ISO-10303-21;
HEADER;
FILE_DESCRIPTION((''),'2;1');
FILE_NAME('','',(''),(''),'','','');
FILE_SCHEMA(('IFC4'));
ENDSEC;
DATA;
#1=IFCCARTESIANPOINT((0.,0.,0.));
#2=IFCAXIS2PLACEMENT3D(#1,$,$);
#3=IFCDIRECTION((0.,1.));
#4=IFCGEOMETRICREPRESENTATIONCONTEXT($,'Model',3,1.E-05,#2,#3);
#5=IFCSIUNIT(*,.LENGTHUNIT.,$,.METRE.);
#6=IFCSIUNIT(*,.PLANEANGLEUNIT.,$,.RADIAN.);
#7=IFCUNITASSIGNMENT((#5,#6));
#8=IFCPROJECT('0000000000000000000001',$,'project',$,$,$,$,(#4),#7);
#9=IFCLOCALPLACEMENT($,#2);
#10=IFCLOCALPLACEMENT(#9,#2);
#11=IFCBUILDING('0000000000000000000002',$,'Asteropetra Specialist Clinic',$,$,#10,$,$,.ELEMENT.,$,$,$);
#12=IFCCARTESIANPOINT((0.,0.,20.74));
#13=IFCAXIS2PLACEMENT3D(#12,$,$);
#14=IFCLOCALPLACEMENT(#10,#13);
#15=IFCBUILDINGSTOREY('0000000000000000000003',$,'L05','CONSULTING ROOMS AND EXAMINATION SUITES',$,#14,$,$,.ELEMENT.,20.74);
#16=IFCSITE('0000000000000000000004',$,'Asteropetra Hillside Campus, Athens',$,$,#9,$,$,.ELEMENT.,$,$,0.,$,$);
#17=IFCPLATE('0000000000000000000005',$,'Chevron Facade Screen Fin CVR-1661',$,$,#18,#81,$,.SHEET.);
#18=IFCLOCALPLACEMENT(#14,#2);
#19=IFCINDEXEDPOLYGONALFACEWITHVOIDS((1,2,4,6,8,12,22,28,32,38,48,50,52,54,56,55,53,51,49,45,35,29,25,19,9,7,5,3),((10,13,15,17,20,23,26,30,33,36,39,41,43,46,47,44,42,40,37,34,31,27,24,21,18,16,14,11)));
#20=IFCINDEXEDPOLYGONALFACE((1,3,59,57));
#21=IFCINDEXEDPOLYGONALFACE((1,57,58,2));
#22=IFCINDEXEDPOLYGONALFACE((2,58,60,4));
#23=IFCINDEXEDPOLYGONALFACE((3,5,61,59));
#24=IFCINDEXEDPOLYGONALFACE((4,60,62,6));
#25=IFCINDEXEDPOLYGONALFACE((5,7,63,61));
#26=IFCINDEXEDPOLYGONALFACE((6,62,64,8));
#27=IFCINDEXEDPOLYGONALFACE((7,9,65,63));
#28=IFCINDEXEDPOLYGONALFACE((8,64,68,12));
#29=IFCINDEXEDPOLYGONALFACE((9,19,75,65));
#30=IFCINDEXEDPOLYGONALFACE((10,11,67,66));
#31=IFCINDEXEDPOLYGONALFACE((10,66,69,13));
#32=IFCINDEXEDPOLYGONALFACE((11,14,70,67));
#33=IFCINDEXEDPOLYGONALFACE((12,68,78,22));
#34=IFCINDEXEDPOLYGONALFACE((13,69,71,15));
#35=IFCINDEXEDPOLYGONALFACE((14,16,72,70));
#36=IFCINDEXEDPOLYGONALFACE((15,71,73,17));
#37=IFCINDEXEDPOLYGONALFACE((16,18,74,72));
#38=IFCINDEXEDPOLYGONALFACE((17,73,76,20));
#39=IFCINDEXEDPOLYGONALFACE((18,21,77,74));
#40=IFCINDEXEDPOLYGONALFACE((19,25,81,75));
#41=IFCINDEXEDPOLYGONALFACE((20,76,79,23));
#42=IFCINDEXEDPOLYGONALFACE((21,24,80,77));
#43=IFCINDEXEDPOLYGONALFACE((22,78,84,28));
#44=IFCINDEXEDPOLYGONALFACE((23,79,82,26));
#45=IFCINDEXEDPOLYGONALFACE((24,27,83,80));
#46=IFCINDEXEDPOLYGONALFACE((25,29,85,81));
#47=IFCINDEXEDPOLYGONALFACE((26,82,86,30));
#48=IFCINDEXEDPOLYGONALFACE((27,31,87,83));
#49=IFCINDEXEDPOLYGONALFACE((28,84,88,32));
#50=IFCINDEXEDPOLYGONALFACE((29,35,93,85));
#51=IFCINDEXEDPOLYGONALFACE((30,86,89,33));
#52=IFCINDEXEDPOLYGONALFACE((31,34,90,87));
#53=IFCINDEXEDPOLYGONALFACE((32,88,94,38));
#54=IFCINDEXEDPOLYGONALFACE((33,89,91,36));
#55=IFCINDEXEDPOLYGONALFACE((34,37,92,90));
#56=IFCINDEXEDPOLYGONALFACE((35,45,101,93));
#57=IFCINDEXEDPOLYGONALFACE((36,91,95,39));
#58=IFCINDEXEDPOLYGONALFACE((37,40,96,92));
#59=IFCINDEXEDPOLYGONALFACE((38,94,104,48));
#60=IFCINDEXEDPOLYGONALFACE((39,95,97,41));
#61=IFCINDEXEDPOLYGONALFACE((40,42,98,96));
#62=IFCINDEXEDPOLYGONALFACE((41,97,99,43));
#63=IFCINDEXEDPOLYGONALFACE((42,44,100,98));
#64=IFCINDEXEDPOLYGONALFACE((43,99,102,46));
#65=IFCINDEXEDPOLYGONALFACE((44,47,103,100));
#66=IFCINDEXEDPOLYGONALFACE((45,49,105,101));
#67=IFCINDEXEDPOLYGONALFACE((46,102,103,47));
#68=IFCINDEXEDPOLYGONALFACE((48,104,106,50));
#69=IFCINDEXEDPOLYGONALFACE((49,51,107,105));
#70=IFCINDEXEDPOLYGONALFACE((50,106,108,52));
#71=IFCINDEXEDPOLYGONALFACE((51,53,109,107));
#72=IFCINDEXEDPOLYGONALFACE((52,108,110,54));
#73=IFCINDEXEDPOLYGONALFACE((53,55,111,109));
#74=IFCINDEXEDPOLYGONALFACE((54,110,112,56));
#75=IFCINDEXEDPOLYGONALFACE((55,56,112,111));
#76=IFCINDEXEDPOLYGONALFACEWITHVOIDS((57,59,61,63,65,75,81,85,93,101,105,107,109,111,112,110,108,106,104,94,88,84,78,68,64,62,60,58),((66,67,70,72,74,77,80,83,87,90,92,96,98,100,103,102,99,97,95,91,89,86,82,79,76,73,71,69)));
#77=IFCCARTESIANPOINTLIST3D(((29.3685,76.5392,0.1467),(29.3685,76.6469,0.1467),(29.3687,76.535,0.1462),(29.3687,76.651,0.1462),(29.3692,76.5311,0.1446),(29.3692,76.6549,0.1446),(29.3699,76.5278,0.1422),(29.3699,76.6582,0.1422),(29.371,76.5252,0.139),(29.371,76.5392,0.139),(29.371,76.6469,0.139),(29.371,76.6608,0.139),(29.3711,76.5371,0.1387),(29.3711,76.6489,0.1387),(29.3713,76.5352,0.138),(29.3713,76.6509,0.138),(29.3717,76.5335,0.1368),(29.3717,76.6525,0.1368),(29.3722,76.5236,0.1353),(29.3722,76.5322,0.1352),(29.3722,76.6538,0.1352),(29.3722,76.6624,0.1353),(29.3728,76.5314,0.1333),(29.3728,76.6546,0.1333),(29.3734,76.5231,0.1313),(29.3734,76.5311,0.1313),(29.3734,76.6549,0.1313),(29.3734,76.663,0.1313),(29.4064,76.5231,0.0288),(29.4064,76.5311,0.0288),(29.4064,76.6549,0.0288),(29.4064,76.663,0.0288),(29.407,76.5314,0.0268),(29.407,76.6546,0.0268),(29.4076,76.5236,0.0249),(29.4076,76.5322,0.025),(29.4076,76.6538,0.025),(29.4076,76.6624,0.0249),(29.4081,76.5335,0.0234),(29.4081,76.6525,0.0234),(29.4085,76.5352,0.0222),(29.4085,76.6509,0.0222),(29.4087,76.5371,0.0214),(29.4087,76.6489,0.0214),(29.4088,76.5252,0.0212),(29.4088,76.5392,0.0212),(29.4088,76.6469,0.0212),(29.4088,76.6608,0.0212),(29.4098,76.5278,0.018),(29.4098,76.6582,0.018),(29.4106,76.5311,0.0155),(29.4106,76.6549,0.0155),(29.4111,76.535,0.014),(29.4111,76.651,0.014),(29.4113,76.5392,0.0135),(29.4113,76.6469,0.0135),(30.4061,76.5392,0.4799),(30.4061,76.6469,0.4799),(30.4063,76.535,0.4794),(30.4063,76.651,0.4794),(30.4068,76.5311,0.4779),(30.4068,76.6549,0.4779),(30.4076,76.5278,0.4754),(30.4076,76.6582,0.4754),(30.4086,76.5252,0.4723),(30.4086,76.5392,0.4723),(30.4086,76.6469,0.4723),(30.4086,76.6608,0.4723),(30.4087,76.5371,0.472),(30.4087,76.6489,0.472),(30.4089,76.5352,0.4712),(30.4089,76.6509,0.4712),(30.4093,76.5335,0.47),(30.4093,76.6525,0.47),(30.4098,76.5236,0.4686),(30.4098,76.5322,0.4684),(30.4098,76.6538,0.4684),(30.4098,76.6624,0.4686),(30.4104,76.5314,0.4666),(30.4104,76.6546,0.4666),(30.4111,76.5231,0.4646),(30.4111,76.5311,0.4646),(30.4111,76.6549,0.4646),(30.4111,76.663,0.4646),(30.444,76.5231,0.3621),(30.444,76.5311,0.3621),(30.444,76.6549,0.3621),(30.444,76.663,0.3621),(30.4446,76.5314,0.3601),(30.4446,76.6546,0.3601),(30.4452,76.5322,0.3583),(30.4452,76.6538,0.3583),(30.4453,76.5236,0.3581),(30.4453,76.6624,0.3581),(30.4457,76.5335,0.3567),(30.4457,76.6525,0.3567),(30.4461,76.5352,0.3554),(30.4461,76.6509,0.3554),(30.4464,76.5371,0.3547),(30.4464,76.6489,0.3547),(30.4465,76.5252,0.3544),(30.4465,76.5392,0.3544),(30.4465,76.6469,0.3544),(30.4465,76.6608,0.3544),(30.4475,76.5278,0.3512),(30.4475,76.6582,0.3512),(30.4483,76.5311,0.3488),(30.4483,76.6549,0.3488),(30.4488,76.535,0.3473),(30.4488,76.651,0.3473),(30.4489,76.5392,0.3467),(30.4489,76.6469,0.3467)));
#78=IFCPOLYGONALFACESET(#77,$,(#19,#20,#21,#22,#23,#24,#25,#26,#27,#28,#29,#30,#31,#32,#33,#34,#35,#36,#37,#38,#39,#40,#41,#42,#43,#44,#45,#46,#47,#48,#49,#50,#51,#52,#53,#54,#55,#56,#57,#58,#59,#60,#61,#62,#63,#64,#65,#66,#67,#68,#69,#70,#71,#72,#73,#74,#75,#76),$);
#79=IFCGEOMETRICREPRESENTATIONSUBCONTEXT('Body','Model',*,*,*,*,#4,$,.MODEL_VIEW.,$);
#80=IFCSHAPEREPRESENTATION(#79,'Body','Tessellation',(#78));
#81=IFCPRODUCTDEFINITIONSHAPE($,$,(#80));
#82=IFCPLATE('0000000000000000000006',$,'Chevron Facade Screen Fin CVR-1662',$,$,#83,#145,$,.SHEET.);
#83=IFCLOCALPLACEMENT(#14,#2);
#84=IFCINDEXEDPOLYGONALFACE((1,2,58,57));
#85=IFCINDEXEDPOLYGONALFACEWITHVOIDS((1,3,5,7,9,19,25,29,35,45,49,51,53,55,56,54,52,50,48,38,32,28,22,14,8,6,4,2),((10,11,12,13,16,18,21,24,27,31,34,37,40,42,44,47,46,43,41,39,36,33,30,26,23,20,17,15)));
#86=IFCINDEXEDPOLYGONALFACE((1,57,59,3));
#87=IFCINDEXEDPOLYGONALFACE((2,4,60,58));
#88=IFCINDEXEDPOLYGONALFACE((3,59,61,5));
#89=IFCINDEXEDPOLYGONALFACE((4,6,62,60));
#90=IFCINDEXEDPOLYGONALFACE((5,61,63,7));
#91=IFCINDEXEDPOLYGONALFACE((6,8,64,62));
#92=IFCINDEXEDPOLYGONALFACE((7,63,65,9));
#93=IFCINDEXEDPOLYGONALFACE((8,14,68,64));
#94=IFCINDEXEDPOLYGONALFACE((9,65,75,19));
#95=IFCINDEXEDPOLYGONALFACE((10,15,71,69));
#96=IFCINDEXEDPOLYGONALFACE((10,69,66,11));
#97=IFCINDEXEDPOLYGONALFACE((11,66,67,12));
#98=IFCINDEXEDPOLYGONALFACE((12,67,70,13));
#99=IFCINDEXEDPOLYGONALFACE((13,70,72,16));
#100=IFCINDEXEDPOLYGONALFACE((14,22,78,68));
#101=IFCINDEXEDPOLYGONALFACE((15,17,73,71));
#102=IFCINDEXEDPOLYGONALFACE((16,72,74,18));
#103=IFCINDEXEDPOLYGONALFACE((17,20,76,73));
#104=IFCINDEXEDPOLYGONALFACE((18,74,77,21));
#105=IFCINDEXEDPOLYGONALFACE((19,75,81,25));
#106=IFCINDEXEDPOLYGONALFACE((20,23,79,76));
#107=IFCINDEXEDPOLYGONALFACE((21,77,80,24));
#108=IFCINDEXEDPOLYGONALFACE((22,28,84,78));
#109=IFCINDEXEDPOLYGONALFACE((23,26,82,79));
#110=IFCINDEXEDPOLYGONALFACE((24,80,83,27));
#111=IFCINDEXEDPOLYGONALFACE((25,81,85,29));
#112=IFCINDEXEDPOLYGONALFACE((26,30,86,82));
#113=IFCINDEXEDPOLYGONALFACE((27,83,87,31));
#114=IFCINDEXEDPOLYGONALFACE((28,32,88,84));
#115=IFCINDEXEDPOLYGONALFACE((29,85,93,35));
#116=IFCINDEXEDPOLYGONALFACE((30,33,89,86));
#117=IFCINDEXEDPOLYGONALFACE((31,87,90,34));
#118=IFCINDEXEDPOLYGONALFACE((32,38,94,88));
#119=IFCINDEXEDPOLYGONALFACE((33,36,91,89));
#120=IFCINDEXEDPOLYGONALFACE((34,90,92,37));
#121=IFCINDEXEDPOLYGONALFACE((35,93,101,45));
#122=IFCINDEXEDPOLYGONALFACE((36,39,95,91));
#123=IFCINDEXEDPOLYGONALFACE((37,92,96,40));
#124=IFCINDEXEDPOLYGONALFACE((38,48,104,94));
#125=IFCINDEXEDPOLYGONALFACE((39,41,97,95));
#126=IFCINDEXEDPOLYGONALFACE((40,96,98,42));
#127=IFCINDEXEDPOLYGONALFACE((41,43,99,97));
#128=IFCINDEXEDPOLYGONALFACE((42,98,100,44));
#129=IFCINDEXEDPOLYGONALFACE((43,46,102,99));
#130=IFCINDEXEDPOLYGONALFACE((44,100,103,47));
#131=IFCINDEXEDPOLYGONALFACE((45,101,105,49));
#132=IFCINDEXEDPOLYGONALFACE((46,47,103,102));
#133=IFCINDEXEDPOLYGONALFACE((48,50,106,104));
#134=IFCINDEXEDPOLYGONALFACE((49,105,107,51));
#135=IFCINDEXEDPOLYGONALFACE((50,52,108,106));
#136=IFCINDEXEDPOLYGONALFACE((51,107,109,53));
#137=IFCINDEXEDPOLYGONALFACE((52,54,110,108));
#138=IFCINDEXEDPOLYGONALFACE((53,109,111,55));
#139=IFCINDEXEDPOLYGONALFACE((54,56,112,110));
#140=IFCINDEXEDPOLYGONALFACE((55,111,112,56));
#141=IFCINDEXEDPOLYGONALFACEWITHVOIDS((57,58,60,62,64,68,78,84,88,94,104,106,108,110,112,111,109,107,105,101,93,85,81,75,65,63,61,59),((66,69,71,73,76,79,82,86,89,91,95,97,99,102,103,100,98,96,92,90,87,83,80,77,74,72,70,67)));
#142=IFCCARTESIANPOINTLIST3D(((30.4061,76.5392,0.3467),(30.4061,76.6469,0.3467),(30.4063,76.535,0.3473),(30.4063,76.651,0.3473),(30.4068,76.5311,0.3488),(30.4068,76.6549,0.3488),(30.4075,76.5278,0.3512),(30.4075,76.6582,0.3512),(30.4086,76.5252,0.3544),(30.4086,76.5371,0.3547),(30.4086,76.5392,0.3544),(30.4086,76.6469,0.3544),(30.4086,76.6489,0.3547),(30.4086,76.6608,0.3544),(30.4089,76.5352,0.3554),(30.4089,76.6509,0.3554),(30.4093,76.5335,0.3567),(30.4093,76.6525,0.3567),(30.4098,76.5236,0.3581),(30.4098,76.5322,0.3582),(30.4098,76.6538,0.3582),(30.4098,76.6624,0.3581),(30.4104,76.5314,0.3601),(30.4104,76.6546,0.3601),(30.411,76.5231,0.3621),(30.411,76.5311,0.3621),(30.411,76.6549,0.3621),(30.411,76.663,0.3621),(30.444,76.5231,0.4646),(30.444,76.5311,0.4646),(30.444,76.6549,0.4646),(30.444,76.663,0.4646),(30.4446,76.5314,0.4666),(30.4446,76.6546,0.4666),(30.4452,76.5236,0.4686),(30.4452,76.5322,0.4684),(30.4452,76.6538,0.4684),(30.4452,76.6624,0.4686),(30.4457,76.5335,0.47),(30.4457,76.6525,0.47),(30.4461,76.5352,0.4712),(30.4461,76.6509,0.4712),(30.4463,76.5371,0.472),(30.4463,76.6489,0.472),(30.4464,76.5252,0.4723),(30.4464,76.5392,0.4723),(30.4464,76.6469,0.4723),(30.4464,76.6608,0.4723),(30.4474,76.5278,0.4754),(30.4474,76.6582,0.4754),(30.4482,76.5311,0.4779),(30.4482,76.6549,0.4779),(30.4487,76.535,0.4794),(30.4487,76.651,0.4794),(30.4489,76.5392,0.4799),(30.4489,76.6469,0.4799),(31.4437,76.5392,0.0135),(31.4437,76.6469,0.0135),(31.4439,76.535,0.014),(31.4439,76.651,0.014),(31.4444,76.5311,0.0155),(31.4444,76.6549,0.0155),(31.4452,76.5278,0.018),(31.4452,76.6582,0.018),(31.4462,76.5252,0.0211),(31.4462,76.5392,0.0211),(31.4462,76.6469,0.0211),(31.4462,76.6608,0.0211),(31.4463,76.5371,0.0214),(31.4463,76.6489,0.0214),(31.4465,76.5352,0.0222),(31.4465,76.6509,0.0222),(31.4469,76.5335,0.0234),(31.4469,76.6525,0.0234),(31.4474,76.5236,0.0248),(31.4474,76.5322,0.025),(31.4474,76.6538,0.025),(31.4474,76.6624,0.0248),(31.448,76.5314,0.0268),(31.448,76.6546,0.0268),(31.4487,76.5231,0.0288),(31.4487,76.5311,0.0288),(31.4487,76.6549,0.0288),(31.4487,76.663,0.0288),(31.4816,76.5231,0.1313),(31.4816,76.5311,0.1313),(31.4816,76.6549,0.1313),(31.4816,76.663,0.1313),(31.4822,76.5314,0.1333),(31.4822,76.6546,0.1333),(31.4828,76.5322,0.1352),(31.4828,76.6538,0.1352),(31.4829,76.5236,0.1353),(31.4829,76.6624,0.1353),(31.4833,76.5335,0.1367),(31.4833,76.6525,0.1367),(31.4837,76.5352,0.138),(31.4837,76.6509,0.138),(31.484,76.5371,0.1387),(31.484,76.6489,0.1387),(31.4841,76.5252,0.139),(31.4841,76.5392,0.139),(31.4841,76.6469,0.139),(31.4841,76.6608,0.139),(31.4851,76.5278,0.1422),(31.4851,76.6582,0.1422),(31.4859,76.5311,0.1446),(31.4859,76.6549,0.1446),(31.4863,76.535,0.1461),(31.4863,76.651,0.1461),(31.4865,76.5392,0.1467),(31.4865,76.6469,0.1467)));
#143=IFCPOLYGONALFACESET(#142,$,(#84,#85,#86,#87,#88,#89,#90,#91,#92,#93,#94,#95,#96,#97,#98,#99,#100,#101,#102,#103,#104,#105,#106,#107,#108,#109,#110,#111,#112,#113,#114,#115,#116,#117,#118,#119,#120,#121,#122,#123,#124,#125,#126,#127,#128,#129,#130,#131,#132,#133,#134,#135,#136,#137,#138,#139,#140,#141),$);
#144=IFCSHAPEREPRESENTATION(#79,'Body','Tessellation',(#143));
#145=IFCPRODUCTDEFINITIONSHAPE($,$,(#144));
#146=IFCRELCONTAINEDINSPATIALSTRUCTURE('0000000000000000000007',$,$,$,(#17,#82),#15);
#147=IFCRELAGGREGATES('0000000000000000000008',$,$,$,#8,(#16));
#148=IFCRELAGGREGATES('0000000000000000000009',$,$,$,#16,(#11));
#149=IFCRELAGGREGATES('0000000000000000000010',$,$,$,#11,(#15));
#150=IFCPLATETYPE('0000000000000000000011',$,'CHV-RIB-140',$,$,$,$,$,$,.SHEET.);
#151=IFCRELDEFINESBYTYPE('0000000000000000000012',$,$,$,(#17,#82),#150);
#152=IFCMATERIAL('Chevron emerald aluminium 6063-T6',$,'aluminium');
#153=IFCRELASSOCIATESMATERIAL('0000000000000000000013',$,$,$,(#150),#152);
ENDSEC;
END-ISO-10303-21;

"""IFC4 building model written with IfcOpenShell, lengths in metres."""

from ifc_helpers import new_model, si_unit, direction, frame, origin, origin_2d, place, context, subcontext, project, spatial, hollow_rectangle, extrude, material, material_profile, profile_set, type_object, element, save


model = new_model("IFC4")

# Units and contexts
model_context = context("Model", 3, precision=1e-05, world=origin(), true_north=direction((0.0, 1.0)))
body_context = subcontext(model_context, "Body", "Model", "MODEL_VIEW")
ifc_project = project(units=[si_unit("LENGTHUNIT", "METRE"), si_unit("PLANEANGLEUNIT", "RADIAN")], contexts=[model_context])

# Site, building, storey
site_placement = place(None, origin())
site = spatial("IfcSite", under=ifc_project, at=site_placement, Name="Asteropetra Hillside Campus, Athens", CompositionType="ELEMENT", RefElevation=0.0)
building_placement = place(site_placement, origin())
building = spatial("IfcBuilding", under=site, at=building_placement, Name="Asteropetra Specialist Clinic", CompositionType="ELEMENT")
storey_placement = place(building_placement, frame((0.0, 0.0, 20.74)))
storey = spatial("IfcBuildingStorey", under=building, at=storey_placement, Name="L05", Description="CONSULTING ROOMS AND EXAMINATION SUITES", CompositionType="ELEMENT", Elevation=20.74)

# Plates
ifc_material_1 = material(Name="Chevron emerald aluminium 6063-T6", Category="aluminium")
ifc_material_profile_1 = material_profile(ifc_material_1, hollow_rectangle(XDim=0.1399, YDim=0.1399, WallThickness=0.0081, InnerFilletRadius=0.0081, OuterFilletRadius=0.0161, at=origin_2d()), Name="SHS 140x140x8.0")
ifc_profile_set_1 = profile_set([ifc_material_profile_1], Name="Chevron emerald aluminium 6063-T6")
plate_type = type_object("IfcPlateType", Name="CHV-RIB-140", PredefinedType="SHEET", material=ifc_profile_set_1)
for number, where, z_axis, x_axis, name in (
    (1, (29.3899, 76.593, 0.0801), (0.952098, 0.0, 0.305792), (0.0, 1.0, 0.0), "Chevron Facade Screen Fin CVR-1661"),
    (2, (30.4275, 76.593, 0.4133), (0.952098, 0.0, -0.305792), (0.0, 1.0, 0.0), "Chevron Facade Screen Fin CVR-1662"),
):
    element("IfcPlate", number, at=place(storey_placement, frame(where, z_axis=z_axis, x_axis=x_axis)), inside=storey, type_object=plate_type, Name=name, PredefinedType="SHEET", context=body_context, shape_type="SweptSolid", body=[
        extrude(hollow_rectangle(XDim=0.1399, YDim=0.1399, WallThickness=0.0081, InnerFilletRadius=0.0081, OuterFilletRadius=0.0161, at=origin_2d()), origin(), (0.0, 0.0, 1.0), 1.0898),
    ])

save(model, "model.ifc")
